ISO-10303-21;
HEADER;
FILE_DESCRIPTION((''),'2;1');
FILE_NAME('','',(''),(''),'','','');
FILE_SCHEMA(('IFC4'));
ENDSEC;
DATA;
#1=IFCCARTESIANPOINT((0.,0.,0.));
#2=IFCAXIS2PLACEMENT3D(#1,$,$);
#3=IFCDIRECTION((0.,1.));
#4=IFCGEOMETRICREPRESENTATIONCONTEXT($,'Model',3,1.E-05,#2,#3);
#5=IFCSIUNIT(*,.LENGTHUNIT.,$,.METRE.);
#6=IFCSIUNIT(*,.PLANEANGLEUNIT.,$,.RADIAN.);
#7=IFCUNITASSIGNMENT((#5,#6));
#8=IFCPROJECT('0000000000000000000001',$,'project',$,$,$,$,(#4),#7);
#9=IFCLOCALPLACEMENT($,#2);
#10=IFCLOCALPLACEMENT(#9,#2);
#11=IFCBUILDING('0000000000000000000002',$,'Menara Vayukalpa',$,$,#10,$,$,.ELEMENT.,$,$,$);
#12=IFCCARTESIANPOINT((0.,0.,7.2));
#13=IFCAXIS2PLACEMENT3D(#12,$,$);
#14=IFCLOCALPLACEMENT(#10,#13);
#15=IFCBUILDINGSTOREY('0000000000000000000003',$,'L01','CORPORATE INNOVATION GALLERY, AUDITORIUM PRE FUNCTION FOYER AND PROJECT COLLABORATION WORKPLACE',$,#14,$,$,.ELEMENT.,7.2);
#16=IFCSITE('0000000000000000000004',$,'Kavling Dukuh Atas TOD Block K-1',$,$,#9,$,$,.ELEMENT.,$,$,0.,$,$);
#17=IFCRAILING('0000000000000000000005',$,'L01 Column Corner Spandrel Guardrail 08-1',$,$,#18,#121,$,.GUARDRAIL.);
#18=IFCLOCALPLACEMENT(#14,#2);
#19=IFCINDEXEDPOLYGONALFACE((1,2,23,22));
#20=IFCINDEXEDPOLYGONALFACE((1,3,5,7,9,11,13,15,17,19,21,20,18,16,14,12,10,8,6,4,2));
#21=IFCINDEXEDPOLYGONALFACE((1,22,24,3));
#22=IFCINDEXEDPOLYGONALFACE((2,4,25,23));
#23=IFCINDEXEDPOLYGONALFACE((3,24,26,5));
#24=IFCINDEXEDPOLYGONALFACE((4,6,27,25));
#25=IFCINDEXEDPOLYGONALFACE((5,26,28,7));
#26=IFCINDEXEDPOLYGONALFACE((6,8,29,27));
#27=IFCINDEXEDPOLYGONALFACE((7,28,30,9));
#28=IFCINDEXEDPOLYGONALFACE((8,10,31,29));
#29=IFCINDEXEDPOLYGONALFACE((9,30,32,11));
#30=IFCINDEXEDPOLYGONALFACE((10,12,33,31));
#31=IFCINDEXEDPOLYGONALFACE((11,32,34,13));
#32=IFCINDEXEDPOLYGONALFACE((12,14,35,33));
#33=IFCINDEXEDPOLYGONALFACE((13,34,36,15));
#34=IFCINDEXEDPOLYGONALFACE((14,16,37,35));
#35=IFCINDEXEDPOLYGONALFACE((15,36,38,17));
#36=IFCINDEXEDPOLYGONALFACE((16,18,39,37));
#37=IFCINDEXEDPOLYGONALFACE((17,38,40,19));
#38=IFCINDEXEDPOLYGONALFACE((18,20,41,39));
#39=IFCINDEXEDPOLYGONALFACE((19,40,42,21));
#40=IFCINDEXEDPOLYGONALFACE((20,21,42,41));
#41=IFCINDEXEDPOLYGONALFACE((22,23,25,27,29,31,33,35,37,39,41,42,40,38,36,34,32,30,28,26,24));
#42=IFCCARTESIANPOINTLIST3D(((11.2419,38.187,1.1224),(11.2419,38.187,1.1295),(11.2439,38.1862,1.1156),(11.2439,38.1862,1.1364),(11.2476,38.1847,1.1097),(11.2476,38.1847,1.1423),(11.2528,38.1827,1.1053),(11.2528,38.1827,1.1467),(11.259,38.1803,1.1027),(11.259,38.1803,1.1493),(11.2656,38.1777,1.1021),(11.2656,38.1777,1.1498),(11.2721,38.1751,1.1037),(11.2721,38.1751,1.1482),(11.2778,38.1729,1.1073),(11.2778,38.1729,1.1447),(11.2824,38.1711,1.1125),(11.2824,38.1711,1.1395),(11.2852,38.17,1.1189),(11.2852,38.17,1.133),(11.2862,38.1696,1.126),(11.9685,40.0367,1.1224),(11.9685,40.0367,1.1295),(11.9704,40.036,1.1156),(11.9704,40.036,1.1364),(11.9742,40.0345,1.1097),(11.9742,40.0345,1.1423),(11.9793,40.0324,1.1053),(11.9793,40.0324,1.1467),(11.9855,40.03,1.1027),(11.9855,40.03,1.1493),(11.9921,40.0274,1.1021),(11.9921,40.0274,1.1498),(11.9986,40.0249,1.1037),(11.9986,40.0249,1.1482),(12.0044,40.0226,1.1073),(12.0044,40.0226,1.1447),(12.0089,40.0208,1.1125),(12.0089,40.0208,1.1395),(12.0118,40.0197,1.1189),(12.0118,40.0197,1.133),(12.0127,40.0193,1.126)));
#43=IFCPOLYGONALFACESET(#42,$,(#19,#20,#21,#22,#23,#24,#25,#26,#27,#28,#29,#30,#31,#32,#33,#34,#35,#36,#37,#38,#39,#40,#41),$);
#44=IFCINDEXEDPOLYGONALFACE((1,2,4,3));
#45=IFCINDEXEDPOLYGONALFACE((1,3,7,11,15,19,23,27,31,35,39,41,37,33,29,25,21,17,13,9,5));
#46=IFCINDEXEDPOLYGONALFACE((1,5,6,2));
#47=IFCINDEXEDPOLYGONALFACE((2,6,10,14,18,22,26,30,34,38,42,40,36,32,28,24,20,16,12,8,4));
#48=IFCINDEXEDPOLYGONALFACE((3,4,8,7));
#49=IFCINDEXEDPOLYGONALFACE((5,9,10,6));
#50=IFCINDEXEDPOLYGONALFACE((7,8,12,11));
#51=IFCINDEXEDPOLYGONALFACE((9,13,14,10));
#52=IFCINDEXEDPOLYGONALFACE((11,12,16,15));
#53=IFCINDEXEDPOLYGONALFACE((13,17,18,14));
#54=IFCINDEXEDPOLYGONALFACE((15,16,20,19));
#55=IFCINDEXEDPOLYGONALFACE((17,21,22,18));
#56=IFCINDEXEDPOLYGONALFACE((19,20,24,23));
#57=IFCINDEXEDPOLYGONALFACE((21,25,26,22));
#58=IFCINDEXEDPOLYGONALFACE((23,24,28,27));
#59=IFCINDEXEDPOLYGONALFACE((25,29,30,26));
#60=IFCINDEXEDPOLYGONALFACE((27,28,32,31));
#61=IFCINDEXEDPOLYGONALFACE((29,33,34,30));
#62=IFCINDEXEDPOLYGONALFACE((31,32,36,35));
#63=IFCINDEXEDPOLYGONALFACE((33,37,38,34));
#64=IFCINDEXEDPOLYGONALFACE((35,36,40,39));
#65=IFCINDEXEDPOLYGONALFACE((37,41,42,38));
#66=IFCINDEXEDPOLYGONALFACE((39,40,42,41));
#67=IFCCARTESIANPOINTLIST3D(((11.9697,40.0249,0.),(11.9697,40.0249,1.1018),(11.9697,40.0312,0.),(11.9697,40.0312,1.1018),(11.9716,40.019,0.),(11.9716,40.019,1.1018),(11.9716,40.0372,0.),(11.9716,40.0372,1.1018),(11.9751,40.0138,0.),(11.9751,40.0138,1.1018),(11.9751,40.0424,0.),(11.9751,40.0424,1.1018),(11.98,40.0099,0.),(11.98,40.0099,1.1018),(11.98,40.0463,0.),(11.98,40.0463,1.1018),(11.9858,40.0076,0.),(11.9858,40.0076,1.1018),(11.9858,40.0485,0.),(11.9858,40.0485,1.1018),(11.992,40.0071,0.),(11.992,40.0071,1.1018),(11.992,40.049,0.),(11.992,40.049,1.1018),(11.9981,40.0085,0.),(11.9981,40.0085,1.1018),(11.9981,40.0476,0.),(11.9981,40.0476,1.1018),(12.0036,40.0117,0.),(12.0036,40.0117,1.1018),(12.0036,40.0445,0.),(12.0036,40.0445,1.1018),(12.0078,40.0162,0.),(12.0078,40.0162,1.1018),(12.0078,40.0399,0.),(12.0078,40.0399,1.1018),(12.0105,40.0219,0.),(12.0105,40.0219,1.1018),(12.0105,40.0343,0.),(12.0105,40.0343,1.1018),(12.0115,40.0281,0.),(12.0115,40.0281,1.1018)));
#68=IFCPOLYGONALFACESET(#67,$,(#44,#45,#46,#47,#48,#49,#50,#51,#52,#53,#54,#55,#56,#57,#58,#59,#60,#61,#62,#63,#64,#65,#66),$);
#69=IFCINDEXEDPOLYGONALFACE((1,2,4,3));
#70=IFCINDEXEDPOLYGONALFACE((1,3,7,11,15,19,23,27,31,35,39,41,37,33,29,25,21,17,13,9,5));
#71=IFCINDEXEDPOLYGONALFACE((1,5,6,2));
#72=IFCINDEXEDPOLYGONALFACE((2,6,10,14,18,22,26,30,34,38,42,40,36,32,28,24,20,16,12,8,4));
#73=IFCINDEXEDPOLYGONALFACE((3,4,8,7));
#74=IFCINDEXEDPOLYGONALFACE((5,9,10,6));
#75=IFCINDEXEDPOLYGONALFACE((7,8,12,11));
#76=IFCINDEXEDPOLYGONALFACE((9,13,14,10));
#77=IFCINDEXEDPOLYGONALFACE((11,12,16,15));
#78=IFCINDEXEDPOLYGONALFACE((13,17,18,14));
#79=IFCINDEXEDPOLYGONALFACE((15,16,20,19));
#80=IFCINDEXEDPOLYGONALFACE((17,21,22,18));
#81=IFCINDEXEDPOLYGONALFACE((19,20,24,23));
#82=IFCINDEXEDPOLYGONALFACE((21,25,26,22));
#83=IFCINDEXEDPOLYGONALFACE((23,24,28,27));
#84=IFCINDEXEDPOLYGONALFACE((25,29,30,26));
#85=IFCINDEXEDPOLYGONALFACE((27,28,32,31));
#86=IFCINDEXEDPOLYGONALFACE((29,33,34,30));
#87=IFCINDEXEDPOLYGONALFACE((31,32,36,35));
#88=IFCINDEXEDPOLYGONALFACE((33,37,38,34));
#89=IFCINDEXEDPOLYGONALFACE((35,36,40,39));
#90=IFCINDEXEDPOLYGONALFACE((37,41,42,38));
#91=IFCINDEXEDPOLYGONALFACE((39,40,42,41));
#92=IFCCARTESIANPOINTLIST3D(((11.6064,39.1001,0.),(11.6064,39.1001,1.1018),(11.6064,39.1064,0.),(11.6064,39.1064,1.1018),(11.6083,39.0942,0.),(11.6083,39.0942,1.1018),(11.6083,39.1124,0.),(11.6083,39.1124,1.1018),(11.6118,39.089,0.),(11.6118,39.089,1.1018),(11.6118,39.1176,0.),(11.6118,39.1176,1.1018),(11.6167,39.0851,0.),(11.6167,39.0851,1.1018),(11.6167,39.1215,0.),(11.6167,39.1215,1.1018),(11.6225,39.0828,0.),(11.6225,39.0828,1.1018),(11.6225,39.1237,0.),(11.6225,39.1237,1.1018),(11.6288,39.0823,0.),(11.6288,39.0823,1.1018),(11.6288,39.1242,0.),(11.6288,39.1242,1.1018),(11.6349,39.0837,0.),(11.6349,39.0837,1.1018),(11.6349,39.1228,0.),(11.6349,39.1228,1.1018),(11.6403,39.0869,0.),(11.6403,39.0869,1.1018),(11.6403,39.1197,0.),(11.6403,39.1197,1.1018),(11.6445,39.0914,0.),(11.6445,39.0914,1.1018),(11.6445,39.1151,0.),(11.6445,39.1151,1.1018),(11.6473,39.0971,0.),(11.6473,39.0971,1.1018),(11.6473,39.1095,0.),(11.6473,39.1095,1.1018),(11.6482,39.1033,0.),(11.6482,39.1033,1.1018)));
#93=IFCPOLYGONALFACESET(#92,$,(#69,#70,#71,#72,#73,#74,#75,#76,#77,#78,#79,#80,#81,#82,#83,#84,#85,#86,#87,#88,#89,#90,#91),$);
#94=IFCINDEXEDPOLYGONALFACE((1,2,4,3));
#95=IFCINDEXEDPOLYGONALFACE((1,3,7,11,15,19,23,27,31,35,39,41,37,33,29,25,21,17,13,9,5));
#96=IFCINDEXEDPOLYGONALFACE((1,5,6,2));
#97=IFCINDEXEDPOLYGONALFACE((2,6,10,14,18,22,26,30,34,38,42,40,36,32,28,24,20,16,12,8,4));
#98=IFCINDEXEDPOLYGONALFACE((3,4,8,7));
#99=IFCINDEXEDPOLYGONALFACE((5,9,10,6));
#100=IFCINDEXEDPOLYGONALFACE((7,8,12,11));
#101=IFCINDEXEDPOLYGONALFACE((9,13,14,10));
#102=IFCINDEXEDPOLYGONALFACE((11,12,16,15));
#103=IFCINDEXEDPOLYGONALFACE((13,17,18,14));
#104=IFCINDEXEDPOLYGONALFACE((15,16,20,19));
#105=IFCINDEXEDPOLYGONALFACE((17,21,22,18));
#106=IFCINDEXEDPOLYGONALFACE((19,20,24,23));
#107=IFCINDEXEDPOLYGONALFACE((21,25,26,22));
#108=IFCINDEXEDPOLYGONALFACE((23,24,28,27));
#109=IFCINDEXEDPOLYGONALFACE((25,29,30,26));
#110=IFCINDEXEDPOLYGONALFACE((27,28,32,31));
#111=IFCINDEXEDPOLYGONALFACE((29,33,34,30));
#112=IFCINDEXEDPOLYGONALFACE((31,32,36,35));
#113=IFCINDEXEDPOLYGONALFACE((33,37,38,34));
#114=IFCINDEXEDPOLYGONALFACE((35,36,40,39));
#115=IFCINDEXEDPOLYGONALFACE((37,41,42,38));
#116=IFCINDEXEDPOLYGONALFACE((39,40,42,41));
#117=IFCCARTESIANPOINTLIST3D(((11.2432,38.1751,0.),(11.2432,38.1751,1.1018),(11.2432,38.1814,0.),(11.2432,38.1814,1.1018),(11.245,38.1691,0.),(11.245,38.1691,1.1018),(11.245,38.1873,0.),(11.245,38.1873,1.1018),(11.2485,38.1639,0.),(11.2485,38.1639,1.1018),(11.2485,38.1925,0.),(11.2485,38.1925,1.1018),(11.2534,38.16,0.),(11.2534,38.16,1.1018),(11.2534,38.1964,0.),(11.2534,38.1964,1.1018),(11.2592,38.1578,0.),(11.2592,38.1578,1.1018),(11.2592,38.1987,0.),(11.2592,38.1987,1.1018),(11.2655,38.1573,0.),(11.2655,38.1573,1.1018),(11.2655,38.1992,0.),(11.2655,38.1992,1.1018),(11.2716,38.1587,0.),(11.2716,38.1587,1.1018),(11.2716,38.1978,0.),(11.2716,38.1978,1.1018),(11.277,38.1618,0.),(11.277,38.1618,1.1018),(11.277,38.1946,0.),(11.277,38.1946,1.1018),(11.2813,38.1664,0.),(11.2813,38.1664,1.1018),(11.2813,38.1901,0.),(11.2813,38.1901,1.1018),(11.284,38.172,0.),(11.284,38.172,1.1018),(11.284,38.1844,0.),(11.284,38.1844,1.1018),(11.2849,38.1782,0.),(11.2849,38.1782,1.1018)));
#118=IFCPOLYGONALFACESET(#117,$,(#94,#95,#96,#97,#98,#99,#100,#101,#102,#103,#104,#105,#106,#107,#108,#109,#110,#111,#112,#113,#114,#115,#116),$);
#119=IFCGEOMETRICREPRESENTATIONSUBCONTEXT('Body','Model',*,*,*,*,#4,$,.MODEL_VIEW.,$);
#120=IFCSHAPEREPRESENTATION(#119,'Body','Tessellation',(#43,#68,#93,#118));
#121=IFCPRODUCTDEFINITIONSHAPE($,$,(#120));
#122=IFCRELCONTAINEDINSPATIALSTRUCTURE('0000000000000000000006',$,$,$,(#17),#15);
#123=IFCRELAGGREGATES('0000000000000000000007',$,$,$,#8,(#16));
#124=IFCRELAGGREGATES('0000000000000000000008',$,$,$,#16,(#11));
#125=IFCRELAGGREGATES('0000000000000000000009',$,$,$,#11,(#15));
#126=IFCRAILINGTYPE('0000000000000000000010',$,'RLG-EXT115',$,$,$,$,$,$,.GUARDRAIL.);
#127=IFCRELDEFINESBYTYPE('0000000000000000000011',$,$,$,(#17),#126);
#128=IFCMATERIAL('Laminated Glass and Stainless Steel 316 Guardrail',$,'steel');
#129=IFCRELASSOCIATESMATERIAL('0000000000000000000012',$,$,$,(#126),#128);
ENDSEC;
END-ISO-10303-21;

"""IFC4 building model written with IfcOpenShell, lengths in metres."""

from ifc_helpers import new_model, si_unit, direction, frame, origin, origin_2d, place, context, subcontext, project, spatial, circle, extrude, material, type_object, element, save


model = new_model("IFC4")

# Units and contexts
model_context = context("Model", 3, precision=1e-05, world=origin(), true_north=direction((0.0, 1.0)))
body_context = subcontext(model_context, "Body", "Model", "MODEL_VIEW")
ifc_project = project(units=[si_unit("LENGTHUNIT", "METRE"), si_unit("PLANEANGLEUNIT", "RADIAN")], contexts=[model_context])

# Site, building, storey
site_placement = place(None, origin())
site = spatial("IfcSite", under=ifc_project, at=site_placement, Name="Kavling Dukuh Atas TOD Block K-1", CompositionType="ELEMENT", RefElevation=0.0)
building_placement = place(site_placement, origin())
building = spatial("IfcBuilding", under=site, at=building_placement, Name="Menara Vayukalpa", CompositionType="ELEMENT")
storey_placement = place(building_placement, frame((0.0, 0.0, 7.2)))
storey = spatial("IfcBuildingStorey", under=building, at=storey_placement, Name="L01", Description="CORPORATE INNOVATION GALLERY, AUDITORIUM PRE FUNCTION FOYER AND PROJECT COLLABORATION WORKPLACE", CompositionType="ELEMENT", Elevation=7.2)

# Railing
ifc_material_1 = material(Name="Laminated Glass and Stainless Steel 316 Guardrail", Category="steel")
railing_type = type_object("IfcRailingType", Name="RLG-EXT115", PredefinedType="GUARDRAIL", material=ifc_material_1)
railing_1_placement = place(storey_placement, frame((11.9905, 40.0281, 0.0)))
element("IfcRailing", 1, at=railing_1_placement, inside=storey, type_object=railing_type, Name="L01 Column Corner Spandrel Guardrail 08-1", PredefinedType="GUARDRAIL", context=body_context, shape_type="SweptSolid", body=[
    extrude(circle(Radius=0.0239, at=origin_2d()), frame((0.0, 0.0, 1.126), z_axis=(-0.36558, -0.93078, 0.0), x_axis=(0.93078, -0.36558, 0.0)), (0.0, 0.0, 1.0), 1.9873),
    extrude(circle(Radius=0.021, at=origin_2d()), origin(), (0.0, 0.0, 1.0), 1.1018),
    extrude(circle(Radius=0.021, at=origin_2d()), frame((-0.3633, -0.9248, 0.0)), (0.0, 0.0, 1.0), 1.1018),
    extrude(circle(Radius=0.021, at=origin_2d()), frame((-0.7266, -1.8499, 0.0)), (0.0, 0.0, 1.0), 1.1018),
])

save(model, "model.ifc")
